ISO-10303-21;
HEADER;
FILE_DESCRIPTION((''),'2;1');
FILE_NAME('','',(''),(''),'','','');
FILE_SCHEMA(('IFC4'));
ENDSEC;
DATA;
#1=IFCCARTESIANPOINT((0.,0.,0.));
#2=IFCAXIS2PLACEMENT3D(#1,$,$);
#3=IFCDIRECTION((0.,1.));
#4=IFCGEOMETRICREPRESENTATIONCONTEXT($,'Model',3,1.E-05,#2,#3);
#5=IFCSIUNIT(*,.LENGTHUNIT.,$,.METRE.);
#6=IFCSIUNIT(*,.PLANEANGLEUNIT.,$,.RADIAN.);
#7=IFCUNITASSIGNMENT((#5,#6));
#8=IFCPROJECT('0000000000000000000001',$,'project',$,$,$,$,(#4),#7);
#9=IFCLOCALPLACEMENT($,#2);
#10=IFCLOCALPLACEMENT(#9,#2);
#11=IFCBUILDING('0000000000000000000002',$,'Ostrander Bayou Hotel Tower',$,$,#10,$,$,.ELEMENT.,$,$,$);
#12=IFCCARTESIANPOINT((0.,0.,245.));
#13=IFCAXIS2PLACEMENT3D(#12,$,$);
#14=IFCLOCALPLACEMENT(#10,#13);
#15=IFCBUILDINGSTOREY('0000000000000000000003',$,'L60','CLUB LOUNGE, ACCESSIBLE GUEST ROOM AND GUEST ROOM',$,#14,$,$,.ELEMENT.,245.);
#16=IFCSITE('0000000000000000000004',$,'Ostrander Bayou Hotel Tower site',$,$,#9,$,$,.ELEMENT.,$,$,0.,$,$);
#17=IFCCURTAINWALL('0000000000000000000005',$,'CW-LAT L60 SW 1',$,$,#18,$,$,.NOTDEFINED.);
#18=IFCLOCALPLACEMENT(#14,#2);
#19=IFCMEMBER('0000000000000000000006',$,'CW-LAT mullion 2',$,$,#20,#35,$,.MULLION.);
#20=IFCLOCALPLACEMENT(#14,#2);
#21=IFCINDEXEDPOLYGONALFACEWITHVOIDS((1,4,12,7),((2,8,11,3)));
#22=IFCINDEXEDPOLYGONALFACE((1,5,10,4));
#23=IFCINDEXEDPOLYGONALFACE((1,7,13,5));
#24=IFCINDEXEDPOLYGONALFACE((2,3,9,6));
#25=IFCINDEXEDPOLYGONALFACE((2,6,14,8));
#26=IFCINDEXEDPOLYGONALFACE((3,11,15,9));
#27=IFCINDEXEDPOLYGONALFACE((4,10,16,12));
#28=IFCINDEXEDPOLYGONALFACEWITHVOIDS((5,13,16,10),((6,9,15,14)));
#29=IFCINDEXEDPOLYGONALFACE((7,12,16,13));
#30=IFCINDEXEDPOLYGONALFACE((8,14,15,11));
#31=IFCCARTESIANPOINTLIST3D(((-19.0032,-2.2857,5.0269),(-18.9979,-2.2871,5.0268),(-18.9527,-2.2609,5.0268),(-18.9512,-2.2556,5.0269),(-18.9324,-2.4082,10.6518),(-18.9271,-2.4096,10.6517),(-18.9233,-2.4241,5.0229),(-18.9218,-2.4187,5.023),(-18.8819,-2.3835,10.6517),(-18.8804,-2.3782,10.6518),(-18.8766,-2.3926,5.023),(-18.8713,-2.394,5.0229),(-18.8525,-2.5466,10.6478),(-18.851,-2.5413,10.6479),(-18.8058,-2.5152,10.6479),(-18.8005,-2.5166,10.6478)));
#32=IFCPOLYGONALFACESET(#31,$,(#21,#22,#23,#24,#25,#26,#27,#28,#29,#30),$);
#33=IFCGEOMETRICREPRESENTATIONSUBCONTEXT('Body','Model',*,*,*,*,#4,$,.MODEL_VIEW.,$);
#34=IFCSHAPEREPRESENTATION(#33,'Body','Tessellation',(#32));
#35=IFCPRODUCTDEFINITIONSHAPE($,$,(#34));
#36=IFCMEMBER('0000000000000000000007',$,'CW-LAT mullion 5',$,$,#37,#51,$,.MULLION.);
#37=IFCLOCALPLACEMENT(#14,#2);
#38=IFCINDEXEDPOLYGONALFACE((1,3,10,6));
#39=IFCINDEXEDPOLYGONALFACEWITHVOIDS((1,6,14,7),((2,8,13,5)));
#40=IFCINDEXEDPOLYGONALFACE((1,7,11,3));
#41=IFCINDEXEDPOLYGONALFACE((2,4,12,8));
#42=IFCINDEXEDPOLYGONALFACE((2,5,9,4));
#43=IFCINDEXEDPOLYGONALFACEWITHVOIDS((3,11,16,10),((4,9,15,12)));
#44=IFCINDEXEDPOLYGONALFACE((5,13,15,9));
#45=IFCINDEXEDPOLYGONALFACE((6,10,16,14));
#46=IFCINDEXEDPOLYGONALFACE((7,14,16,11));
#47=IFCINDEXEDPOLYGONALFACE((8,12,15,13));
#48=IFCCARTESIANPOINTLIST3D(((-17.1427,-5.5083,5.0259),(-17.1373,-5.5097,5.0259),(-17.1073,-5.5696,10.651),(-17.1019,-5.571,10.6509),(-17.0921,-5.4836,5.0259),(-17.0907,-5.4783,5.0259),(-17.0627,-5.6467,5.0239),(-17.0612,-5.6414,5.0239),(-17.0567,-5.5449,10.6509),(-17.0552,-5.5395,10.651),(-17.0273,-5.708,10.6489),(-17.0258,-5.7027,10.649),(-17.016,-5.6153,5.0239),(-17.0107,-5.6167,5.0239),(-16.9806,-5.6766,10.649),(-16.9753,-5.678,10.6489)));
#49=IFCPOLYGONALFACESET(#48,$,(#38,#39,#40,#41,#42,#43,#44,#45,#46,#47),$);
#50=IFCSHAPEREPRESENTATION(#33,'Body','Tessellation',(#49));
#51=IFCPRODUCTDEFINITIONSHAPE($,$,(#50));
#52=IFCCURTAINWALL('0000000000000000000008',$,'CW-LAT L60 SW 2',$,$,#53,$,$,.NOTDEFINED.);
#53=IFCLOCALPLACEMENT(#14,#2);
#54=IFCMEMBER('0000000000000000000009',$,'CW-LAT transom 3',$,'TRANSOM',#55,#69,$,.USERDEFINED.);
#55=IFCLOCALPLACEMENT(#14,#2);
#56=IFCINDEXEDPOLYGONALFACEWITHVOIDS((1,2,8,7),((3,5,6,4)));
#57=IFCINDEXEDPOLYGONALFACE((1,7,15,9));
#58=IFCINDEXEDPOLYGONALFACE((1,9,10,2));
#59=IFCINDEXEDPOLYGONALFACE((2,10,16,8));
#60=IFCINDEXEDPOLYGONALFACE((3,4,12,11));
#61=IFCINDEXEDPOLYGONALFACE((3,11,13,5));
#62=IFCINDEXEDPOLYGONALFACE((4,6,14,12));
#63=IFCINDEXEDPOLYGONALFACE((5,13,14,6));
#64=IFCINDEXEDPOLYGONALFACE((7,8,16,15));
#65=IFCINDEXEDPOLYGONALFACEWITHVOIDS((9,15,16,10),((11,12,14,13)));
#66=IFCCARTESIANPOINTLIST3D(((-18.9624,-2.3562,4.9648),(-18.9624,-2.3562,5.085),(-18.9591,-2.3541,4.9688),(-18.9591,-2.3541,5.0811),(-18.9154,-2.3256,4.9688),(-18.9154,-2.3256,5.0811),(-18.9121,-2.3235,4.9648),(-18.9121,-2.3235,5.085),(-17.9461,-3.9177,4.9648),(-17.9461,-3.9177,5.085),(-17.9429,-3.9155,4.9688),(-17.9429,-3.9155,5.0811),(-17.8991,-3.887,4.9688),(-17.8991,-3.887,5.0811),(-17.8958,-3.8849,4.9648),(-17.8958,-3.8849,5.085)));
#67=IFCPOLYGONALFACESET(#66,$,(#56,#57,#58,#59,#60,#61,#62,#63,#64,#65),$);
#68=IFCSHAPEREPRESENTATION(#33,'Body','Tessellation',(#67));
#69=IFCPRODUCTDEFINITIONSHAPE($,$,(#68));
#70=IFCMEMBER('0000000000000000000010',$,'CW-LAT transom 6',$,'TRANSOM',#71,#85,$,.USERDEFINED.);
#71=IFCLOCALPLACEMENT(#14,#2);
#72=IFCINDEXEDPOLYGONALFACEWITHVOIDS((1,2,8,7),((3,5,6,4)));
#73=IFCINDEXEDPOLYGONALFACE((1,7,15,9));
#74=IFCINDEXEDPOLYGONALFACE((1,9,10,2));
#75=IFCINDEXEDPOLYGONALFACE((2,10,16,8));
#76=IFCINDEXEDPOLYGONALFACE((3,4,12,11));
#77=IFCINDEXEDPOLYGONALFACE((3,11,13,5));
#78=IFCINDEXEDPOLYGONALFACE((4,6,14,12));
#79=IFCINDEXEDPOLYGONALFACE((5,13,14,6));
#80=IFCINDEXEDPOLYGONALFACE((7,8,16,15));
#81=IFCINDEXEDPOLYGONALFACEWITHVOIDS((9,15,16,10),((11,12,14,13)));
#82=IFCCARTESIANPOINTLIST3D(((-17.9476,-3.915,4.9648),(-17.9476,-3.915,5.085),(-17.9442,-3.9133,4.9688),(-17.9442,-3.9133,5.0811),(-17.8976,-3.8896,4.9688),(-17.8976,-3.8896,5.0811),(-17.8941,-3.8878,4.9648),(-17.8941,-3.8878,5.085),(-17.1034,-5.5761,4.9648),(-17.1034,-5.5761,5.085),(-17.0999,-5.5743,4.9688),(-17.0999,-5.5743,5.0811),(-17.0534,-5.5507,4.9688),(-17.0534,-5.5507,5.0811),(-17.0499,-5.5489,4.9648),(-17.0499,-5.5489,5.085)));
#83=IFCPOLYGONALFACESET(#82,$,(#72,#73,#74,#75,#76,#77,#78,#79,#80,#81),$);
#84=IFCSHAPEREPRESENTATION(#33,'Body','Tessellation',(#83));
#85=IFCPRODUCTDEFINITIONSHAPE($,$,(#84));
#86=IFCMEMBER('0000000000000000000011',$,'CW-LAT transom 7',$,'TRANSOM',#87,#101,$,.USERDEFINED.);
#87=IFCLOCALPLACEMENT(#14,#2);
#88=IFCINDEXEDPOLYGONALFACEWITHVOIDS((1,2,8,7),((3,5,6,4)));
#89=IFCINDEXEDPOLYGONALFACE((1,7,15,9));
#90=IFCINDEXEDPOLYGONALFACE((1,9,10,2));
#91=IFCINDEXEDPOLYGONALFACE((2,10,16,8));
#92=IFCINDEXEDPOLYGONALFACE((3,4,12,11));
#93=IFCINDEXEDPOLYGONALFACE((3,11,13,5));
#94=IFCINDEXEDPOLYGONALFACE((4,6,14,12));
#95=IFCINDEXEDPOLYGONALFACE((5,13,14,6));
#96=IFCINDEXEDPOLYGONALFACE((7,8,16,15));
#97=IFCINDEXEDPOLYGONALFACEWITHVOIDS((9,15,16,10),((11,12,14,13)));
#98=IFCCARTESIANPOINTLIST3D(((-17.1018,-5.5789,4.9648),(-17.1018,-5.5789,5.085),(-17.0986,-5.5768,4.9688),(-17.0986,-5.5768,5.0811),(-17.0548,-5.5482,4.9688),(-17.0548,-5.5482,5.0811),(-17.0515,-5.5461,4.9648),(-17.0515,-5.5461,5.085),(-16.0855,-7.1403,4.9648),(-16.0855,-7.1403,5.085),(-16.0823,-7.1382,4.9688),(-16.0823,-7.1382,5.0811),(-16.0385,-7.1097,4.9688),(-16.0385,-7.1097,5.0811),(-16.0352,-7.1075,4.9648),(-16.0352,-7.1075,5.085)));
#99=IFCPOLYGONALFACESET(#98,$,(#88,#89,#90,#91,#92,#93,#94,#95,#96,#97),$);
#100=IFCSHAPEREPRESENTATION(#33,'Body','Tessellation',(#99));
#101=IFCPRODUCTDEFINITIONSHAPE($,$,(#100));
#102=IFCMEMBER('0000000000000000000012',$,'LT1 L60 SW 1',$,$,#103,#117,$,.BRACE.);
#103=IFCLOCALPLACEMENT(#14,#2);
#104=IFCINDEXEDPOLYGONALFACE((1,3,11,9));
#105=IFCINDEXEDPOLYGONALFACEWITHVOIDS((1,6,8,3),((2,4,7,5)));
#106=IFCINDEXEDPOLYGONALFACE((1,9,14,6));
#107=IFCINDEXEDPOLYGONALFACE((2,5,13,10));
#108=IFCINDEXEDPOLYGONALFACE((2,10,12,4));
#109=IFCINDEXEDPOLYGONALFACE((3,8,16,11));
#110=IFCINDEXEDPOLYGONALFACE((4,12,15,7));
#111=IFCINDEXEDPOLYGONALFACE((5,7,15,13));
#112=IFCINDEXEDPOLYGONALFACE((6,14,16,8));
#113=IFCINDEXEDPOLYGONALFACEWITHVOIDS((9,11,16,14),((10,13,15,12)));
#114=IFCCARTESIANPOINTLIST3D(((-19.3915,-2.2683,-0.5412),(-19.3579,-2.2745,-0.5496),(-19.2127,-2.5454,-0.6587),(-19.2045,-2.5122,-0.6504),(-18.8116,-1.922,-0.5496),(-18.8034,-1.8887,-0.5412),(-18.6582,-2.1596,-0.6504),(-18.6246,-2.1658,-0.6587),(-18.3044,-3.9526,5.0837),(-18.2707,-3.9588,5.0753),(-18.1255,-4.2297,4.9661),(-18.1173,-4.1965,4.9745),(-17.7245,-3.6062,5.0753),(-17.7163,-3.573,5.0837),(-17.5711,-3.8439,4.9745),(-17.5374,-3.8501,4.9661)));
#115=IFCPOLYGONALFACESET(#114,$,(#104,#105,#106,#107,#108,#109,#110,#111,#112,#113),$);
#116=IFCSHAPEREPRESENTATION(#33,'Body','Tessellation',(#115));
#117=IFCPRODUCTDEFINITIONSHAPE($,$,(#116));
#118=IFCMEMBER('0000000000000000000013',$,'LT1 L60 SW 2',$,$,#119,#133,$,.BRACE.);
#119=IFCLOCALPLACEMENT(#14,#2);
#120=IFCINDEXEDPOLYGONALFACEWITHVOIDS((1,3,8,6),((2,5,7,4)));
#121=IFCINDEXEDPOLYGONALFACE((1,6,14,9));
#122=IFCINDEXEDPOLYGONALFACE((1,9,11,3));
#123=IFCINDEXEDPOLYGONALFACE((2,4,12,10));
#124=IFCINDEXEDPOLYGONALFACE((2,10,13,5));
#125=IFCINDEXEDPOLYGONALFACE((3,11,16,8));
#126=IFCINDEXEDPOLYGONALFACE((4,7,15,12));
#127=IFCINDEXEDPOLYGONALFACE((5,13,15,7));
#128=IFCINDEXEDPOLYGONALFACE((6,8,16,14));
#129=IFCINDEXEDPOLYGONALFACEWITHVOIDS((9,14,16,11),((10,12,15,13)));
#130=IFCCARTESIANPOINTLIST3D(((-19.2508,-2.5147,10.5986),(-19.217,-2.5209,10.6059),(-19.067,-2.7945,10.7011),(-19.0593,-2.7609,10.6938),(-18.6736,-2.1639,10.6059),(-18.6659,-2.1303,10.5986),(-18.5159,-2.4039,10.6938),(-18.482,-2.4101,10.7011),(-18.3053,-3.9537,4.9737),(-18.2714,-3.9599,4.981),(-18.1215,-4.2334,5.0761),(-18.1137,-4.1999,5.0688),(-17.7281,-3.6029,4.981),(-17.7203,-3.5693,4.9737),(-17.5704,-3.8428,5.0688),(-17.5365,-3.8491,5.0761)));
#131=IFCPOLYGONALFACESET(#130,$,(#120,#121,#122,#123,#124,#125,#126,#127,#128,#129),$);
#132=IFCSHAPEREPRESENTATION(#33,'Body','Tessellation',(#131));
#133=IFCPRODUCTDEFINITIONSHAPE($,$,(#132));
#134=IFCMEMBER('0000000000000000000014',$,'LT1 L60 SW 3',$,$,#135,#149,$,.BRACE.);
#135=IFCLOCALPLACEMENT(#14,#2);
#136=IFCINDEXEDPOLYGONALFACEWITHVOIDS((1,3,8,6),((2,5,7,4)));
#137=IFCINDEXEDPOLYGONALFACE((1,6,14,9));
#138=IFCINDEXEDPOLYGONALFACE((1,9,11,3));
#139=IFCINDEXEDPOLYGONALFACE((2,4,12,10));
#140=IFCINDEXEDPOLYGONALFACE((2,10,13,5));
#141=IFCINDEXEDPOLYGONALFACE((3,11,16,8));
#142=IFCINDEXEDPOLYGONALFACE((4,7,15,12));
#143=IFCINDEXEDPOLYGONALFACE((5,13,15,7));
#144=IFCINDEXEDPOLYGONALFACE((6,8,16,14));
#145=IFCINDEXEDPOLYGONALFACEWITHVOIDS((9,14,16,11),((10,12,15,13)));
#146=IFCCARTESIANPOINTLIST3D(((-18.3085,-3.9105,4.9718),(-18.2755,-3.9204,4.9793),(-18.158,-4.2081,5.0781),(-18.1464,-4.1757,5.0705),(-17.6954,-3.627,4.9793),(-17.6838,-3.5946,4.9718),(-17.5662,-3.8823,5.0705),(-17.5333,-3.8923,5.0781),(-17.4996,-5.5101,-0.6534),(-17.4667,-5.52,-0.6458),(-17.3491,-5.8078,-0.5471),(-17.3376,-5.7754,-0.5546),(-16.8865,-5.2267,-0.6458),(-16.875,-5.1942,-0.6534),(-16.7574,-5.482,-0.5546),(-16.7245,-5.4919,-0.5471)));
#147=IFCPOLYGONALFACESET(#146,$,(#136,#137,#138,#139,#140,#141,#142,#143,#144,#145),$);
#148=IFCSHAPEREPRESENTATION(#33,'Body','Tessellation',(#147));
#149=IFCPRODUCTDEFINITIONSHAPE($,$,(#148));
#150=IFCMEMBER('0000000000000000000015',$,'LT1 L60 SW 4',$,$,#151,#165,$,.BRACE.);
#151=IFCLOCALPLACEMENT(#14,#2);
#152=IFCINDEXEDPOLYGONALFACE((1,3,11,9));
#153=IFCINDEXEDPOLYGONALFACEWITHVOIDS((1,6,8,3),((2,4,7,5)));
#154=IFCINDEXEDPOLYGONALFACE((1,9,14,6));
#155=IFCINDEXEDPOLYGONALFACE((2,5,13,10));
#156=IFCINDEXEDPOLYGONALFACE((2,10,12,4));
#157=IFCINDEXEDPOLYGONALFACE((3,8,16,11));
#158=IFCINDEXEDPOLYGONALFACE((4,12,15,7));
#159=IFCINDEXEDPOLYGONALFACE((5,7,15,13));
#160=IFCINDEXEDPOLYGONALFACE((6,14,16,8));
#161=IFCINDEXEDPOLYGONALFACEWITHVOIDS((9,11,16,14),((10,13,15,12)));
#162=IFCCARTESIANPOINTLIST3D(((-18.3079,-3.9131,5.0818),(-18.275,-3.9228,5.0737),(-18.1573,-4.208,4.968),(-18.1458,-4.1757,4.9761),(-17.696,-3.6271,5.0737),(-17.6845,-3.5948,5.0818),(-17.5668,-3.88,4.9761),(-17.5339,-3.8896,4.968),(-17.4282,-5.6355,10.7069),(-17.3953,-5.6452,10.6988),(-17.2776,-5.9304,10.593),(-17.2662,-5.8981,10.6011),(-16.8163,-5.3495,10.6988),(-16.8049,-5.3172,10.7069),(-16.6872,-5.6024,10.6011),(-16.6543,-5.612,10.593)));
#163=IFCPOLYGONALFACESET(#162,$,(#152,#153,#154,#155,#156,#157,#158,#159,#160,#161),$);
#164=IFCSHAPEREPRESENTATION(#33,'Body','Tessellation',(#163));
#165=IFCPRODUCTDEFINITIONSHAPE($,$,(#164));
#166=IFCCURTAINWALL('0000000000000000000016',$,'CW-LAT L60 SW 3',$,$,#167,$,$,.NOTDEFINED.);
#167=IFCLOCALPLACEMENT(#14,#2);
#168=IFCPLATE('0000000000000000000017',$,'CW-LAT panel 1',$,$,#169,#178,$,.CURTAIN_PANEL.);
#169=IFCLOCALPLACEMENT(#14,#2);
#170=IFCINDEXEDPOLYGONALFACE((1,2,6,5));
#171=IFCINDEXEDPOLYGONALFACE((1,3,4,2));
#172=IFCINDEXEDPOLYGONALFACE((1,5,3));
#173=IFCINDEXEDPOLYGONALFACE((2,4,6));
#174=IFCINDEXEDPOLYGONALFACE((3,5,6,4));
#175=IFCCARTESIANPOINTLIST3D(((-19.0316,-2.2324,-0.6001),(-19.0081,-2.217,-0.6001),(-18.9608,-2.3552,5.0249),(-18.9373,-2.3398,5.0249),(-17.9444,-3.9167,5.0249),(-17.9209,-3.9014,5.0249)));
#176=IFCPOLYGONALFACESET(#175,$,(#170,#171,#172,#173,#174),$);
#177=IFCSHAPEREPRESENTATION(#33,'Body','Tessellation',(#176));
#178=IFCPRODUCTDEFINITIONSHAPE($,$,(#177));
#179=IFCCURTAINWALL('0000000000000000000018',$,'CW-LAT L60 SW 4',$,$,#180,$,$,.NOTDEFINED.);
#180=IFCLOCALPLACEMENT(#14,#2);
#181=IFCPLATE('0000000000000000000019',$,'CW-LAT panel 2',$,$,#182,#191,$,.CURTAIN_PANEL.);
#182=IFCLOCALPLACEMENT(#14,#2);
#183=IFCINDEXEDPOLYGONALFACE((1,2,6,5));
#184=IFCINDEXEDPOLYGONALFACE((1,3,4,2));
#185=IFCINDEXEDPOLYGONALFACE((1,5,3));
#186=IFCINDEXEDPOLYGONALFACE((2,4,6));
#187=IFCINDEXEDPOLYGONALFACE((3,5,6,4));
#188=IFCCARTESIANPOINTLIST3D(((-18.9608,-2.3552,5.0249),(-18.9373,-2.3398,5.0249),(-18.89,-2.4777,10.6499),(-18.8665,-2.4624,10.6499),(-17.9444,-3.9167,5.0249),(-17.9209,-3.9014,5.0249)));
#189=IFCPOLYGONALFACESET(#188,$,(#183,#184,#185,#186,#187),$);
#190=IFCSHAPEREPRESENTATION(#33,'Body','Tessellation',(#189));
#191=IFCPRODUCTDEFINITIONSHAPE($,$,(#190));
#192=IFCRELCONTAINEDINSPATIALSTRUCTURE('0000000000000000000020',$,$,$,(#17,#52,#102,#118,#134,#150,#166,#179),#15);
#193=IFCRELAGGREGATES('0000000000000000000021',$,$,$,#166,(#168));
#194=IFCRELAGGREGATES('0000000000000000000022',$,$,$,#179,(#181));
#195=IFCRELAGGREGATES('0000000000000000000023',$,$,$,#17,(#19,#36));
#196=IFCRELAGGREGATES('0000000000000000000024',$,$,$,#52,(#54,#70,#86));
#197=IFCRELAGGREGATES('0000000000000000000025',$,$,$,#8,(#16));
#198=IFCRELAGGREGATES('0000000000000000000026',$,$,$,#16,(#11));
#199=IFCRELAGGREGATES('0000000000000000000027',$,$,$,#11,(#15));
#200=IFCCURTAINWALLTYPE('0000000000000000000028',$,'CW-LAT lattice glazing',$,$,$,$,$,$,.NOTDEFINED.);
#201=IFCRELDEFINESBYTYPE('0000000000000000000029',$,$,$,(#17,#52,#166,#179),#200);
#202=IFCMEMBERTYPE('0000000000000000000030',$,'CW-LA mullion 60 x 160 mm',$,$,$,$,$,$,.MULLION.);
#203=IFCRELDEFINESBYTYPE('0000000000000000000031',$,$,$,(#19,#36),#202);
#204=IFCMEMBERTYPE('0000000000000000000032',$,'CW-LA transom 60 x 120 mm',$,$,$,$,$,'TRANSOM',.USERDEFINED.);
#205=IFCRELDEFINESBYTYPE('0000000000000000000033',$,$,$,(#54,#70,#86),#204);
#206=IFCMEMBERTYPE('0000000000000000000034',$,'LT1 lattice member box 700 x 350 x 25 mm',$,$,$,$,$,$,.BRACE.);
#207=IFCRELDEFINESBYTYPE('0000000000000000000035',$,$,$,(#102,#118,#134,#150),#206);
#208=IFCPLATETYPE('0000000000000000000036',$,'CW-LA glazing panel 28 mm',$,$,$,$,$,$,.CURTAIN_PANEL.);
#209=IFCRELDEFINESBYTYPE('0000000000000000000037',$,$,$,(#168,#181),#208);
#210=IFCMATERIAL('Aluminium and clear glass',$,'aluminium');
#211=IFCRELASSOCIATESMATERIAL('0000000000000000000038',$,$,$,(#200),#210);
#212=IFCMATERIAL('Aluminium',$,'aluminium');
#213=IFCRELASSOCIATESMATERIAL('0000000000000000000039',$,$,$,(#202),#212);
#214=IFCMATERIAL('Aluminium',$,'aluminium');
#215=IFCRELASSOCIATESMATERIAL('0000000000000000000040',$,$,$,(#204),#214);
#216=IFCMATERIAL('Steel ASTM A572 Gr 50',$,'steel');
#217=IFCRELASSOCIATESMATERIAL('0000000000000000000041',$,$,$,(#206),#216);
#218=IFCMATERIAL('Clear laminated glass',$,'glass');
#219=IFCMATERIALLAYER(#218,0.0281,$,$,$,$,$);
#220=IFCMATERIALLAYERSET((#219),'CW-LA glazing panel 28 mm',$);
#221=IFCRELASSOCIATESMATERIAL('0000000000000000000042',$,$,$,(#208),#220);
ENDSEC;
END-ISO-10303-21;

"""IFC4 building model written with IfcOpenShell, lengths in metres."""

from ifc_helpers import new_model, si_unit, direction, frame, origin, origin_2d, place, context, subcontext, project, spatial, polyline, hollow_rectangle, outline, extrude, material, layer, layer_set, material_profile, profile_set, type_object, element, aggregate, save


model = new_model("IFC4")

# Units and contexts
model_context = context("Model", 3, precision=1e-05, world=origin(), true_north=direction((0.0, 1.0)))
body_context = subcontext(model_context, "Body", "Model", "MODEL_VIEW")
ifc_project = project(units=[si_unit("LENGTHUNIT", "METRE"), si_unit("PLANEANGLEUNIT", "RADIAN")], contexts=[model_context])

# Site, building, storey
site_placement = place(None, origin())
site = spatial("IfcSite", under=ifc_project, at=site_placement, Name="Ostrander Bayou Hotel Tower site", CompositionType="ELEMENT", RefElevation=0.0)
building_placement = place(site_placement, origin())
building = spatial("IfcBuilding", under=site, at=building_placement, Name="Ostrander Bayou Hotel Tower", CompositionType="ELEMENT")
storey_placement = place(building_placement, frame((0.0, 0.0, 245.0)))
storey = spatial("IfcBuildingStorey", under=building, at=storey_placement, Name="L60", Description="CLUB LOUNGE, ACCESSIBLE GUEST ROOM AND GUEST ROOM", CompositionType="ELEMENT", Elevation=245.0)

# Curtain walls, members
ifc_material_1 = material(Name="Aluminium and clear glass", Category="aluminium")
curtain_wall_type = type_object("IfcCurtainWallType", Name="CW-LAT lattice glazing", PredefinedType="NOTDEFINED", material=ifc_material_1)
curtain_wall_1_placement = place(storey_placement, origin())
curtain_wall_1 = element("IfcCurtainWall", 1, at=curtain_wall_1_placement, inside=storey, type_object=curtain_wall_type, Name="CW-LAT L60 SW 1", PredefinedType="NOTDEFINED")
ifc_material_2 = material(Name="Aluminium", Category="aluminium")
ifc_material_profile_1 = material_profile(ifc_material_2, hollow_rectangle(XDim=0.0601, YDim=0.1599, WallThickness=0.0039, at=origin_2d()))
ifc_profile_set_1 = profile_set([ifc_material_profile_1], Name="Aluminium")
member_type_1 = type_object("IfcMemberType", Name="CW-LA mullion 60 x 160 mm", PredefinedType="MULLION", material=ifc_profile_set_1)
member_1_placement = place(storey_placement, frame((-18.9373, -2.3398, 5.0249), z_axis=(0.012583, -0.021781, 0.999684), x_axis=(0.865898, 0.50022, 0.0)))
member_1 = element("IfcMember", 2, at=member_1_placement, type_object=member_type_1, Name="CW-LAT mullion 2", PredefinedType="MULLION", context=body_context, shape_type="SweptSolid", body=[
    extrude(hollow_rectangle(XDim=0.0601, YDim=0.1599, WallThickness=0.0039, at=origin_2d()), origin(), (0.0, 0.0, 1.0), 5.6267),
])
member_2_placement = place(storey_placement, frame((-17.0767, -5.5625, 5.0249), z_axis=(0.006293, -0.010893, 0.999921), x_axis=(0.865898, 0.50022, 0.0)))
member_2 = element("IfcMember", 3, at=member_2_placement, type_object=member_type_1, Name="CW-LAT mullion 5", PredefinedType="MULLION", context=body_context, shape_type="SweptSolid", body=[
    extrude(hollow_rectangle(XDim=0.0601, YDim=0.1599, WallThickness=0.0039, at=origin_2d()), origin(), (0.0, 0.0, 1.0), 5.6255),
])
curtain_wall_2_placement = place(storey_placement, origin())
curtain_wall_2 = element("IfcCurtainWall", 4, at=curtain_wall_2_placement, inside=storey, type_object=curtain_wall_type, Name="CW-LAT L60 SW 2", PredefinedType="NOTDEFINED")
ifc_material_3 = material(Name="Aluminium", Category="aluminium")
ifc_material_profile_2 = material_profile(ifc_material_3, hollow_rectangle(XDim=0.0601, YDim=0.1201, WallThickness=0.0039, at=origin_2d()))
ifc_profile_set_2 = profile_set([ifc_material_profile_2], Name="Aluminium")
member_type_2 = type_object("IfcMemberType", Name="CW-LA transom 60 x 120 mm", ElementType="TRANSOM", PredefinedType="USERDEFINED", material=ifc_profile_set_2)
member_3_placement = place(storey_placement, frame((-18.9373, -2.3398, 5.0249), z_axis=(0.545504, -0.838108, 0.0), x_axis=(0.838108, 0.545504, 0.0)))
member_3 = element("IfcMember", 5, at=member_3_placement, type_object=member_type_2, Name="CW-LAT transom 3", ObjectType="TRANSOM", PredefinedType="USERDEFINED", context=body_context, shape_type="SweptSolid", body=[
    extrude(hollow_rectangle(XDim=0.0601, YDim=0.1201, WallThickness=0.0039, at=origin_2d()), origin(), (0.0, 0.0, 1.0), 1.863),
])
member_4_placement = place(storey_placement, frame((-17.0767, -5.5625, 5.0249), z_axis=(-0.453074, 0.891473, 0.0), x_axis=(-0.891473, -0.453074, 0.0)))
member_4 = element("IfcMember", 6, at=member_4_placement, type_object=member_type_2, Name="CW-LAT transom 6", ObjectType="TRANSOM", PredefinedType="USERDEFINED", context=body_context, shape_type="SweptSolid", body=[
    extrude(hollow_rectangle(XDim=0.0601, YDim=0.1201, WallThickness=0.0039, at=origin_2d()), origin(), (0.0, 0.0, 1.0), 1.8633),
])
member_5_placement = place(storey_placement, frame((-17.0767, -5.5625, 5.0249), z_axis=(0.545504, -0.838108, 0.0), x_axis=(0.838108, 0.545504, 0.0)))
member_5 = element("IfcMember", 7, at=member_5_placement, type_object=member_type_2, Name="CW-LAT transom 7", ObjectType="TRANSOM", PredefinedType="USERDEFINED", context=body_context, shape_type="SweptSolid", body=[
    extrude(hollow_rectangle(XDim=0.0601, YDim=0.1201, WallThickness=0.0039, at=origin_2d()), origin(), (0.0, 0.0, 1.0), 1.863),
])

# Members
ifc_material_4 = material(Name="Steel ASTM A572 Gr 50", Category="steel")
ifc_material_profile_3 = material_profile(ifc_material_4, hollow_rectangle(XDim=0.7, YDim=0.3501, WallThickness=0.0249, at=origin_2d()))
ifc_profile_set_3 = profile_set([ifc_material_profile_3], Name="Steel ASTM A572 Gr 50")
member_type_3 = type_object("IfcMemberType", Name="LT1 lattice member box 700 x 350 x 25 mm", PredefinedType="BRACE", material=ifc_profile_set_3)
member_6_placement = place(storey_placement, frame((-17.9209, -3.9014, 5.0249), z_axis=(-0.182056, 0.282058, -0.941965), x_axis=(-0.840184, -0.542302, 0.0)))
element("IfcMember", 8, at=member_6_placement, inside=storey, type_object=member_type_3, Name="LT1 L60 SW 1", PredefinedType="BRACE", context=body_context, shape_type="SweptSolid", body=[
    extrude(hollow_rectangle(XDim=0.7, YDim=0.3501, WallThickness=0.0249, at=origin_2d()), origin(), (0.0, 0.0, 1.0), 5.9714),
])
member_7_placement = place(storey_placement, frame((-17.9209, -3.9014, 5.0249), z_axis=(-0.160737, 0.244613, 0.956205), x_axis=(-0.835718, -0.549158, 0.0)))
element("IfcMember", 9, at=member_7_placement, inside=storey, type_object=member_type_3, Name="LT1 L60 SW 2", PredefinedType="BRACE", context=body_context, shape_type="SweptSolid", body=[
    extrude(hollow_rectangle(XDim=0.7, YDim=0.3501, WallThickness=0.0249, at=origin_2d()), origin(), (0.0, 0.0, 1.0), 5.8826),
])
member_8_placement = place(storey_placement, frame((-17.9209, -3.9014, 5.0249), z_axis=(0.137005, -0.270951, -0.952793), x_axis=(0.892402, 0.451241, 0.0)))
element("IfcMember", 10, at=member_8_placement, inside=storey, type_object=member_type_3, Name="LT1 L60 SW 3", PredefinedType="BRACE", context=body_context, shape_type="SweptSolid", body=[
    extrude(hollow_rectangle(XDim=0.7, YDim=0.3501, WallThickness=0.0249, at=origin_2d()), origin(), (0.0, 0.0, 1.0), 5.9038),
])
member_9_placement = place(storey_placement, frame((-17.9209, -3.9014, 5.0249), z_axis=(0.147883, -0.289569, 0.945664), x_axis=(0.890582, 0.454822, 0.0)))
element("IfcMember", 11, at=member_9_placement, inside=storey, type_object=member_type_3, Name="LT1 L60 SW 4", PredefinedType="BRACE", context=body_context, shape_type="SweptSolid", body=[
    extrude(hollow_rectangle(XDim=0.7, YDim=0.3501, WallThickness=0.0249, at=origin_2d()), origin(), (0.0, 0.0, 1.0), 5.9482),
])

# Curtain walls, plates
curtain_wall_3_placement = place(storey_placement, origin())
curtain_wall_3 = element("IfcCurtainWall", 12, at=curtain_wall_3_placement, inside=storey, type_object=curtain_wall_type, Name="CW-LAT L60 SW 3", PredefinedType="NOTDEFINED")
ifc_material_5 = material(Name="Clear laminated glass", Category="glass")
ifc_layer_1 = layer(ifc_material_5, 0.0281)
ifc_layer_set_1 = layer_set([ifc_layer_1], Name="CW-LA glazing panel 28 mm")
plate_type = type_object("IfcPlateType", Name="CW-LA glazing panel 28 mm", PredefinedType="CURTAIN_PANEL", material=ifc_layer_set_1)
plate_1_placement = place(storey_placement, frame((-17.9209, -3.9014, 5.0249), z_axis=(0.838107, 0.545504, 0.00136), x_axis=(-0.182056, 0.282058, -0.941965)))
plate_1 = element("IfcPlate", 13, at=plate_1_placement, type_object=plate_type, Name="CW-LAT panel 1", PredefinedType="CURTAIN_PANEL", context=body_context, shape_type="SweptSolid", body=[
    extrude(outline(polyline([(0.0, 0.0), (5.9716, 0.0), (0.6255, 1.755), (0.0, 0.0)])), origin(), (0.0, 0.0, -1.0), 0.0281),
])
aggregate(curtain_wall_3, [plate_1])
curtain_wall_4_placement = place(storey_placement, origin())
curtain_wall_4 = element("IfcCurtainWall", 14, at=curtain_wall_4_placement, inside=storey, type_object=curtain_wall_type, Name="CW-LAT L60 SW 4", PredefinedType="NOTDEFINED")
plate_2_placement = place(storey_placement, frame((-17.9209, -3.9014, 5.0249), z_axis=(0.838107, 0.545504, 0.001336), x_axis=(-0.160737, 0.244613, 0.956205)))
plate_2 = element("IfcPlate", 15, at=plate_2_placement, type_object=plate_type, Name="CW-LAT panel 2", PredefinedType="CURTAIN_PANEL", context=body_context, shape_type="SweptSolid", body=[
    extrude(outline(polyline([(0.0, 0.0), (5.8826, 0.0), (0.5453, -1.7816), (0.0, 0.0)])), origin(), (0.0, 0.0, -1.0), 0.0281),
])
aggregate(curtain_wall_4, [plate_2])

aggregate(curtain_wall_1, [member_1, member_2])
aggregate(curtain_wall_2, [member_3, member_4, member_5])

save(model, "model.ifc")
